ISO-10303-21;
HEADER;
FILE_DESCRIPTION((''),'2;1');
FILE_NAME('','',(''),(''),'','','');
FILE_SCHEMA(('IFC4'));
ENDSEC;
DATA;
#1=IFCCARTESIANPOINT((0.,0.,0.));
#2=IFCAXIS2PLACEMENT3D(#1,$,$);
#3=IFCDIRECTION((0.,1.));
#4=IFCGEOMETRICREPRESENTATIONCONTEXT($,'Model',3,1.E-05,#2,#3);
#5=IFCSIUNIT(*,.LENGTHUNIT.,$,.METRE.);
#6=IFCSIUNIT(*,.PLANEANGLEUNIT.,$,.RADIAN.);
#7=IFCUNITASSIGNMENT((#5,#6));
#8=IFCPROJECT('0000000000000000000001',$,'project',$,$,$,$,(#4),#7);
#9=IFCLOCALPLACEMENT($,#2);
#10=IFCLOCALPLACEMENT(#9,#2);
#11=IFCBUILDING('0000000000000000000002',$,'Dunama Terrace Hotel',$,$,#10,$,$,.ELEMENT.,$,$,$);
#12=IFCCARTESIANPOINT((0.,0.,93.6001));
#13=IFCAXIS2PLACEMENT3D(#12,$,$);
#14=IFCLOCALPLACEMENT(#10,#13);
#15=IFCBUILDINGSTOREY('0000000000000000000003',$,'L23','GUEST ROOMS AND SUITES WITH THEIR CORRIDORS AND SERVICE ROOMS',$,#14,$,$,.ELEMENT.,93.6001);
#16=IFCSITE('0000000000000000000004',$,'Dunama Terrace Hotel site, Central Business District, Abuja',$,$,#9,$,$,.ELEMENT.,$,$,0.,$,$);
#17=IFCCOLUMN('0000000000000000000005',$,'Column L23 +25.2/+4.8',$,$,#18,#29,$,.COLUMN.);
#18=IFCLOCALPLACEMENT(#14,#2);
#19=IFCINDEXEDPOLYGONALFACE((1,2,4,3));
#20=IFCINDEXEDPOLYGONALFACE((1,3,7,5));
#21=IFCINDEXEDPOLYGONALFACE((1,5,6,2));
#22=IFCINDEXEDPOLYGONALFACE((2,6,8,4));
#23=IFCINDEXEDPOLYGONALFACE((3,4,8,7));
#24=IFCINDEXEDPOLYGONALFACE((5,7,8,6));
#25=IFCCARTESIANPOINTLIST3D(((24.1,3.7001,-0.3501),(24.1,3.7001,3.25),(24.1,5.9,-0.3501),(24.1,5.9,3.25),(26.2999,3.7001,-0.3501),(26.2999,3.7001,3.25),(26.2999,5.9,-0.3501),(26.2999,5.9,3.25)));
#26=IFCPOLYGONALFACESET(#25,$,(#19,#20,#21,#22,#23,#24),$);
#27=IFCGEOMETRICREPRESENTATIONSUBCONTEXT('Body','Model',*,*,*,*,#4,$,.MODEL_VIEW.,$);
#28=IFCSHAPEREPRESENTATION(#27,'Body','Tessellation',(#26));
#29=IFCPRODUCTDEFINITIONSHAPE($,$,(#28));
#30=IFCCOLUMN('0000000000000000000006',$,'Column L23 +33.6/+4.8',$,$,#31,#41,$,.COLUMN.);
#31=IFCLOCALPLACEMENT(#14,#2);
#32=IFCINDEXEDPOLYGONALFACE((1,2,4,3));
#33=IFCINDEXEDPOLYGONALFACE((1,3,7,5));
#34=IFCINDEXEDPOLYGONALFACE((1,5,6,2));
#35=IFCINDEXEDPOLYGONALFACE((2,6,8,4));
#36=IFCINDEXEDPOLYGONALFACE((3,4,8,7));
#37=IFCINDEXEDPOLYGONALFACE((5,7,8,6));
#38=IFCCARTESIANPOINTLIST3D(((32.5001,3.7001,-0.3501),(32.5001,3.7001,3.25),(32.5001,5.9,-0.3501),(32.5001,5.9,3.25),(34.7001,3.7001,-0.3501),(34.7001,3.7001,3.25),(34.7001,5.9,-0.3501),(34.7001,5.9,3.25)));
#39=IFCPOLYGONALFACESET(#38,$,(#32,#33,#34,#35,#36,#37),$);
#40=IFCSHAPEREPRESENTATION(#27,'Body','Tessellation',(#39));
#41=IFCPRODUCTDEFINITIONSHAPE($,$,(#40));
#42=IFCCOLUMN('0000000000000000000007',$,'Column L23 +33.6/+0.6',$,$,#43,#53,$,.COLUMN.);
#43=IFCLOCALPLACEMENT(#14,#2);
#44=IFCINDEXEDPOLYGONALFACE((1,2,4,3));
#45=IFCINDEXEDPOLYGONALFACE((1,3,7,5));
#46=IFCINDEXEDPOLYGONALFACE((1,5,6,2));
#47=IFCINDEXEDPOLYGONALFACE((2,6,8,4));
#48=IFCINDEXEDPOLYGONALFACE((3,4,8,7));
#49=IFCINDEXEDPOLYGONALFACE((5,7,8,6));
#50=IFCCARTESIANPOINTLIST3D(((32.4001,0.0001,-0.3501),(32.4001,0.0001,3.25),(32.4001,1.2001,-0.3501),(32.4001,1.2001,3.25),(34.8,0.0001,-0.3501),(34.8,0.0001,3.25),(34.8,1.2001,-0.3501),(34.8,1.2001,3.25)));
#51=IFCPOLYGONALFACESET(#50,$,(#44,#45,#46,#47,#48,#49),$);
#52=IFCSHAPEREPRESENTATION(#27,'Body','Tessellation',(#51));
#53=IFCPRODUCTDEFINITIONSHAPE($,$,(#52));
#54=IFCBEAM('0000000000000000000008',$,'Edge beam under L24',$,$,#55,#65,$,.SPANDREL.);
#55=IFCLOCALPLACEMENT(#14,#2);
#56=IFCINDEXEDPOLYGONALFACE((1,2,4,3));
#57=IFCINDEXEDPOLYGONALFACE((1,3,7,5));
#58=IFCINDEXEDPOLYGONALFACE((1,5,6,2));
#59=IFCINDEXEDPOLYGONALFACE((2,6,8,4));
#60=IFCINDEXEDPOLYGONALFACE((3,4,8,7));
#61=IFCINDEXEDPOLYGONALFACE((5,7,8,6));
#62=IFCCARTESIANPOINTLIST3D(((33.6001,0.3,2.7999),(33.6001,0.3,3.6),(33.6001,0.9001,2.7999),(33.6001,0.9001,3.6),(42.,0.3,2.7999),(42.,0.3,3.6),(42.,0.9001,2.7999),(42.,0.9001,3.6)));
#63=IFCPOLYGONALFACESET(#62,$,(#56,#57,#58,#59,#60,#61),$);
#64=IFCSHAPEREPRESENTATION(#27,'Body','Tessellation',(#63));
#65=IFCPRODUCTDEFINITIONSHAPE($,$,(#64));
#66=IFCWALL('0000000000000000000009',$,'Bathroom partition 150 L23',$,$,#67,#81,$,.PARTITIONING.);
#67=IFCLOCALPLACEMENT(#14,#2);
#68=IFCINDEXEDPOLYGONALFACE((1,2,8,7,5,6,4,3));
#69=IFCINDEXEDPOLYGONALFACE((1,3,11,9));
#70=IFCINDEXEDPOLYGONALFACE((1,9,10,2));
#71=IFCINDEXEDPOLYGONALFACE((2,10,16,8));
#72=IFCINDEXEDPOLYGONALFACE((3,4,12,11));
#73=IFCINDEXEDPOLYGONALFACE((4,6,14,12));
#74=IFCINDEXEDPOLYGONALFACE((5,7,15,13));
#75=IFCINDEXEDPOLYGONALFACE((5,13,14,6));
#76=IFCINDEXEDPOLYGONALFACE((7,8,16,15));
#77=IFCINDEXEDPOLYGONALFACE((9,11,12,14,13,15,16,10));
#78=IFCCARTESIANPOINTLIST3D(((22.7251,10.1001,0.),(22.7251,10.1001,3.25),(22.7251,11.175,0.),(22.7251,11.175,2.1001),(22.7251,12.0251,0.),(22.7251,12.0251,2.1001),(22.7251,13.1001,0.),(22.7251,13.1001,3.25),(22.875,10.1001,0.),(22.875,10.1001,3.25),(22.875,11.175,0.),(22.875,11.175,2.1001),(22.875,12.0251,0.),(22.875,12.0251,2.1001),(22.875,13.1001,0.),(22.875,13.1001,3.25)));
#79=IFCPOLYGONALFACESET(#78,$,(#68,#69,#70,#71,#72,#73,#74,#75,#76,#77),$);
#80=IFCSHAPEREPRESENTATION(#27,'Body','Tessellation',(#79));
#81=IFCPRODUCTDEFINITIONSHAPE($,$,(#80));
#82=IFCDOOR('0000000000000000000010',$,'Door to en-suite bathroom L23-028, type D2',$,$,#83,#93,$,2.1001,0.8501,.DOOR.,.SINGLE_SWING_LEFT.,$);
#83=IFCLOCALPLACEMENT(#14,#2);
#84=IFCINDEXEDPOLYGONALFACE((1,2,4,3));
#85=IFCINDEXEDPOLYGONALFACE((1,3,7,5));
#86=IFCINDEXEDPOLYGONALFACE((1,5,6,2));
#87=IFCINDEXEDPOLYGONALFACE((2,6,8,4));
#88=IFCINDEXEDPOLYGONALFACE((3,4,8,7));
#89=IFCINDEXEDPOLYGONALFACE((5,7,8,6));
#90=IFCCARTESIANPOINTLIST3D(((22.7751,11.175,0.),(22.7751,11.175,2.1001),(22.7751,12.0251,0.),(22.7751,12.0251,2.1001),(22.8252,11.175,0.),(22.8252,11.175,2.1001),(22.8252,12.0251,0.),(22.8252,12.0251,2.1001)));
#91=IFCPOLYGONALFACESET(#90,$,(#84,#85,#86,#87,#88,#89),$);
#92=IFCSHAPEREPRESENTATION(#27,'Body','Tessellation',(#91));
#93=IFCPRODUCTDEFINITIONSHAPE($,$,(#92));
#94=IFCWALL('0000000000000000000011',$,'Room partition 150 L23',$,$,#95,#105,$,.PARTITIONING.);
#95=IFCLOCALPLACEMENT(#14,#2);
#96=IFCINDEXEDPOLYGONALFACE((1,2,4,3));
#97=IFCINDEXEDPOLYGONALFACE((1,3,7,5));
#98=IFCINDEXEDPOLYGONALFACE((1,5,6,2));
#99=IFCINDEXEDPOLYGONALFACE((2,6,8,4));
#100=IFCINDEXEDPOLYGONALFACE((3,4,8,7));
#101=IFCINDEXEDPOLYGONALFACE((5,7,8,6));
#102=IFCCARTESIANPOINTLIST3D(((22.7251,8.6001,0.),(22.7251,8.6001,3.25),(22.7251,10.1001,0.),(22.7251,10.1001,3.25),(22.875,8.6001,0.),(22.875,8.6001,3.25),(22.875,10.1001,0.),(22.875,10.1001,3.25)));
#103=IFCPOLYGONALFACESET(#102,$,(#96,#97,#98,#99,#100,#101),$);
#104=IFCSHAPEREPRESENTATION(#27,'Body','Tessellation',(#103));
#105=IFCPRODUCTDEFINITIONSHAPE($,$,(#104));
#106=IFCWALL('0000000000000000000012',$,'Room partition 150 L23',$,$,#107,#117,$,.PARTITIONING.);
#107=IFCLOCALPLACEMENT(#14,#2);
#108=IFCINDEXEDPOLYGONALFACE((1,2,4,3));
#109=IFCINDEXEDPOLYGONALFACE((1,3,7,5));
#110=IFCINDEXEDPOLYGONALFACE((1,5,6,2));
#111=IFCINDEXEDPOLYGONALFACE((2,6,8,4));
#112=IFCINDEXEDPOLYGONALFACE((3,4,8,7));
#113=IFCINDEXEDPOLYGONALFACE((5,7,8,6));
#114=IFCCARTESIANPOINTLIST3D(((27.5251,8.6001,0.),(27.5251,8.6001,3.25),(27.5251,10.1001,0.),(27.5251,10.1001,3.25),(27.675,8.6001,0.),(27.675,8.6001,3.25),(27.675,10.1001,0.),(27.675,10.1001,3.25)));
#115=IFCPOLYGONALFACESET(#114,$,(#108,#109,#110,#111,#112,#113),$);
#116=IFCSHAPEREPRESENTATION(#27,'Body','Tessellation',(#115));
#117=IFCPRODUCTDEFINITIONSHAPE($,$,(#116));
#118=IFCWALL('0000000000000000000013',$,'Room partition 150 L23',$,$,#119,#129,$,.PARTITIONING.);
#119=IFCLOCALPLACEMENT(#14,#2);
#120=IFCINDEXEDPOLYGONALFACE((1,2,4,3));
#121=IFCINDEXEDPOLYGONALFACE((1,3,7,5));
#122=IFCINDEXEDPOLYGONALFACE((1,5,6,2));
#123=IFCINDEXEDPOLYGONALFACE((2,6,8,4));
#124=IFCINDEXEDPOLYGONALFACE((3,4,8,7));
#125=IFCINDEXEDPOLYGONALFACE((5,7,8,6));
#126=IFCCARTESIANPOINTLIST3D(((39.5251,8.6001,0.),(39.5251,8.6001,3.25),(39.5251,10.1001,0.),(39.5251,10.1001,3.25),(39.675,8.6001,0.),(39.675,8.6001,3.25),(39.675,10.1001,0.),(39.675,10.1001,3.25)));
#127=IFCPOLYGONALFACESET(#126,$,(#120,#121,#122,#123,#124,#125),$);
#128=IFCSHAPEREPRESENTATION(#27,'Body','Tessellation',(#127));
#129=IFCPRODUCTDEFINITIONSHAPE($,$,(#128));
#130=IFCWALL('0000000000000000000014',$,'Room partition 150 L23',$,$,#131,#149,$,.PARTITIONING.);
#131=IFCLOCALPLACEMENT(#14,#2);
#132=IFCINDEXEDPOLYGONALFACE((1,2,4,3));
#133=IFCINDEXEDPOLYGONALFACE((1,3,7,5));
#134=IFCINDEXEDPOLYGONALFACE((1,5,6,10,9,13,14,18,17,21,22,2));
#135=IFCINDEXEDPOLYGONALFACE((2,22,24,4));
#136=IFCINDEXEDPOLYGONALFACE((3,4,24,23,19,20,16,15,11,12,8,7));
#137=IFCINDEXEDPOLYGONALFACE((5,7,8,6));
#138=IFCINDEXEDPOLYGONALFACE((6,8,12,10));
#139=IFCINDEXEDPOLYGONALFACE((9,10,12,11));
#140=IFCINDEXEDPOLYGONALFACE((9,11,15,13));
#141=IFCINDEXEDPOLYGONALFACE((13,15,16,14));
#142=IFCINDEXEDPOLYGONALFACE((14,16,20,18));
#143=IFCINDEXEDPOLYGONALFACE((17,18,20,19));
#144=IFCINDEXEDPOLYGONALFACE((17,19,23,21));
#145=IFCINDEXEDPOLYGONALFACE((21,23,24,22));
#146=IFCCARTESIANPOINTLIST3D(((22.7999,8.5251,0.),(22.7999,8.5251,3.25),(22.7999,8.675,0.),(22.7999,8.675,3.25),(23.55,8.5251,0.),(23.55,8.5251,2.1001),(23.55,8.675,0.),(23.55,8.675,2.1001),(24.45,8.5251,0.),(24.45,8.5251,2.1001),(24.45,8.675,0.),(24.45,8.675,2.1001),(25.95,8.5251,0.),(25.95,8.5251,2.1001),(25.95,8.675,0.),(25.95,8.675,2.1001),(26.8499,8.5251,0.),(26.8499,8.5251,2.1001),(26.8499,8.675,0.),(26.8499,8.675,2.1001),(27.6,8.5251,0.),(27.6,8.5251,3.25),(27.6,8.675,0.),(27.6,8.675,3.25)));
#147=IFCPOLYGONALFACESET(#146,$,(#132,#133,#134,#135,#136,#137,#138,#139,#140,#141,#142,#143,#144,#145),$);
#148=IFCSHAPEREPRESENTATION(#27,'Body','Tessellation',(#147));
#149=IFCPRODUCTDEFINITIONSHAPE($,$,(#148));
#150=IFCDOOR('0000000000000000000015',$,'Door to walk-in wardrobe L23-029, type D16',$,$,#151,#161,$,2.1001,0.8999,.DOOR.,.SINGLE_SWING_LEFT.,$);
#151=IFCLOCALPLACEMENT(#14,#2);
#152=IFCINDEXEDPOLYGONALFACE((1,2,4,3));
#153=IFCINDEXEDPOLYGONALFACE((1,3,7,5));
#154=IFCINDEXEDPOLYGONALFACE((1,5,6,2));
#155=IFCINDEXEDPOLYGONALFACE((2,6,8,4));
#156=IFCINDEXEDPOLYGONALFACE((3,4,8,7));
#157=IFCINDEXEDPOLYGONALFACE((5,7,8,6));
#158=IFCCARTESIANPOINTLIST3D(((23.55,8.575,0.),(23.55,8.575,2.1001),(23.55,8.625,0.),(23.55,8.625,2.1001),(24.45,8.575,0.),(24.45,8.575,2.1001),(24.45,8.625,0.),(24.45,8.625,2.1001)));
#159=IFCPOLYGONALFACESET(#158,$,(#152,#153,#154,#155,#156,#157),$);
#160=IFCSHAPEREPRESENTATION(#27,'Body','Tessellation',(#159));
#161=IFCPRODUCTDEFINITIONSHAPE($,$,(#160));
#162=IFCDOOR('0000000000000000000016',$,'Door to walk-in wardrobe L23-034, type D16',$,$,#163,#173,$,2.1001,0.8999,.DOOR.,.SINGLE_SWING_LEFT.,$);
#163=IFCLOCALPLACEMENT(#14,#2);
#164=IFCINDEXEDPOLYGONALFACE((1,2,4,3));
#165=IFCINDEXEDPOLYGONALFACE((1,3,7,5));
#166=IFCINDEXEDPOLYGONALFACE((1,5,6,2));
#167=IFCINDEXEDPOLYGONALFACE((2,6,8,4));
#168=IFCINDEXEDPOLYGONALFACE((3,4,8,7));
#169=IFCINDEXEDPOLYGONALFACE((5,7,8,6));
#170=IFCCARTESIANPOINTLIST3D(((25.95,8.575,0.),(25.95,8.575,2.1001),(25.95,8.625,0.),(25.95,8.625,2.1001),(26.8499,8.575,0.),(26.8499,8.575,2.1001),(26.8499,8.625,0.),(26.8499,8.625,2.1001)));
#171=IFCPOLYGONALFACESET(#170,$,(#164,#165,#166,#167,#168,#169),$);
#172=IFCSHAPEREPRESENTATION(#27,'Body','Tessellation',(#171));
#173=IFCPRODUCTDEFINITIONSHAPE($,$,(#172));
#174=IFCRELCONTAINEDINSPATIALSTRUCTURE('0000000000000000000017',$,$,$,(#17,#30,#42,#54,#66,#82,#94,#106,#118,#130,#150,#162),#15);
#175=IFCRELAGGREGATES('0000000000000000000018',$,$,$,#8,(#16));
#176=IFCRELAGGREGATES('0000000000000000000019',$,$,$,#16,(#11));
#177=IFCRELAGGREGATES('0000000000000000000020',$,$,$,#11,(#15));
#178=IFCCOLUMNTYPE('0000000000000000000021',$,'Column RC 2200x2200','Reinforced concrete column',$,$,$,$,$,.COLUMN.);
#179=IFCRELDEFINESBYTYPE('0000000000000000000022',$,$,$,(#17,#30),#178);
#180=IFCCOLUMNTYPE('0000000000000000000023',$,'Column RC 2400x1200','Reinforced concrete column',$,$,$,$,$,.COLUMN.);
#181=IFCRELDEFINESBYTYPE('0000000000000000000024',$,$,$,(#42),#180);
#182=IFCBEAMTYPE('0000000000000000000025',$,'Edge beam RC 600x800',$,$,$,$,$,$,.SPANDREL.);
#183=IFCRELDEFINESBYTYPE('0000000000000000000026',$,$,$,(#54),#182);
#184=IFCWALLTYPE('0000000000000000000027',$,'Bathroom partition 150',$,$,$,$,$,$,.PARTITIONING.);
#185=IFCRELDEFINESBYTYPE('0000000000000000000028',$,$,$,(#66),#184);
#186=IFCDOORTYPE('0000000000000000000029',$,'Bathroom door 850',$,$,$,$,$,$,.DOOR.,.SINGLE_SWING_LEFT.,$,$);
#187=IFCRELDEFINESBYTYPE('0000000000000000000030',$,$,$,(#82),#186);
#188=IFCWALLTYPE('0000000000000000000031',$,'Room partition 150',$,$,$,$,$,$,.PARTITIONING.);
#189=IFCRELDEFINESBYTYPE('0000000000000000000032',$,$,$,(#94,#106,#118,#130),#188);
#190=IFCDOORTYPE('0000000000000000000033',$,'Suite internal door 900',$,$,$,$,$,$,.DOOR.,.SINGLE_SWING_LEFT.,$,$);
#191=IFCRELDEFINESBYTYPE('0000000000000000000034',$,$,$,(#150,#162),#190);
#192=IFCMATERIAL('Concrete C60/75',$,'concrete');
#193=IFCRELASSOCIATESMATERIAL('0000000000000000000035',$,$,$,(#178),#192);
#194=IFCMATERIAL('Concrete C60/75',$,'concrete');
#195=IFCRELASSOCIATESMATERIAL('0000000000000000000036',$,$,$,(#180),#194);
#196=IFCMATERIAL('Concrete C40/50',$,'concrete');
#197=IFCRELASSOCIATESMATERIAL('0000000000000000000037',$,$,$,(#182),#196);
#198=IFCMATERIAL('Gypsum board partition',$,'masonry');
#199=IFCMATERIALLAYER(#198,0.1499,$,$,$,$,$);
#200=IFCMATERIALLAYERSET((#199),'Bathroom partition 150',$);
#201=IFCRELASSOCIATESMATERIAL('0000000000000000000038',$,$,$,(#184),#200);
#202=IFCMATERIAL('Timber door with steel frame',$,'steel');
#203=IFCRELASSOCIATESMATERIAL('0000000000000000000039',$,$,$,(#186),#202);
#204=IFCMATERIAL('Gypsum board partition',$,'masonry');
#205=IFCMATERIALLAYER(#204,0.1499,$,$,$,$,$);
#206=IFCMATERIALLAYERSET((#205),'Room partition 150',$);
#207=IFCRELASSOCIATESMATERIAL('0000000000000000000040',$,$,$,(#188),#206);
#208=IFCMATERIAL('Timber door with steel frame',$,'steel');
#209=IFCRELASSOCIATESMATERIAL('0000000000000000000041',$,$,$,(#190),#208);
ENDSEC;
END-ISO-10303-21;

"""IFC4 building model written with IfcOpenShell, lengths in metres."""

from ifc_helpers import new_model, si_unit, direction, frame, frame_2d, origin, origin_2d, place, context, subcontext, project, spatial, rectangle, extrude, material, layer, layer_set, material_profile, profile_set, type_object, element, fill, save


model = new_model("IFC4")

# Units and contexts
model_context = context("Model", 3, precision=1e-05, world=origin(), true_north=direction((0.0, 1.0)))
body_context = subcontext(model_context, "Body", "Model", "MODEL_VIEW")
ifc_project = project(units=[si_unit("LENGTHUNIT", "METRE"), si_unit("PLANEANGLEUNIT", "RADIAN")], contexts=[model_context])

# Site, building, storey
site_placement = place(None, origin())
site = spatial("IfcSite", under=ifc_project, at=site_placement, Name="Dunama Terrace Hotel site, Central Business District, Abuja", CompositionType="ELEMENT", RefElevation=0.0)
building_placement = place(site_placement, origin())
building = spatial("IfcBuilding", under=site, at=building_placement, Name="Dunama Terrace Hotel", CompositionType="ELEMENT")
storey_placement = place(building_placement, frame((0.0, 0.0, 93.6001)))
storey = spatial("IfcBuildingStorey", under=building, at=storey_placement, Name="L23", Description="GUEST ROOMS AND SUITES WITH THEIR CORRIDORS AND SERVICE ROOMS", CompositionType="ELEMENT", Elevation=93.6001)

# Columns
ifc_material_1 = material(Name="Concrete C60/75", Category="concrete")
ifc_material_profile_1 = material_profile(ifc_material_1, rectangle(XDim=2.2, YDim=2.2, at=origin_2d()), Name="RC 2200x2200")
ifc_profile_set_1 = profile_set([ifc_material_profile_1], Name="Concrete C60/75")
column_type_1 = type_object("IfcColumnType", Name="Column RC 2200x2200", Description="Reinforced concrete column", PredefinedType="COLUMN", material=ifc_profile_set_1)
for number, where, z_axis, x_axis, name in (
    (1, (25.2, 4.8, -0.3501), (0.0, 0.0, 1.0), (1.0, 0.0, 0.0), "Column L23 +25.2/+4.8"),
    (2, (33.6001, 4.8, -0.3501), (0.0, 0.0, 1.0), (1.0, 0.0, 0.0), "Column L23 +33.6/+4.8"),
):
    element("IfcColumn", number, at=place(storey_placement, frame(where, z_axis=z_axis, x_axis=x_axis)), inside=storey, type_object=column_type_1, Name=name, PredefinedType="COLUMN", context=body_context, shape_type="SweptSolid", body=[
        extrude(rectangle(XDim=2.2, YDim=2.2, at=origin_2d()), origin(), (0.0, 0.0, 1.0), 3.6001),
    ])
ifc_material_2 = material(Name="Concrete C60/75", Category="concrete")
ifc_material_profile_2 = material_profile(ifc_material_2, rectangle(XDim=2.3999, YDim=1.2, at=origin_2d()), Name="RC 2400x1200")
ifc_profile_set_2 = profile_set([ifc_material_profile_2], Name="Concrete C60/75")
column_type_2 = type_object("IfcColumnType", Name="Column RC 2400x1200", Description="Reinforced concrete column", PredefinedType="COLUMN", material=ifc_profile_set_2)
column_placement = place(storey_placement, frame((33.6001, 0.6001, -0.3501), z_axis=(0.0, 0.0, 1.0), x_axis=(1.0, 0.0, 0.0)))
element("IfcColumn", 3, at=column_placement, inside=storey, type_object=column_type_2, Name="Column L23 +33.6/+0.6", PredefinedType="COLUMN", context=body_context, shape_type="SweptSolid", body=[
    extrude(rectangle(XDim=2.3999, YDim=1.2, at=origin_2d()), origin(), (0.0, 0.0, 1.0), 3.6001),
])

# Beam
ifc_material_3 = material(Name="Concrete C40/50", Category="concrete")
ifc_material_profile_3 = material_profile(ifc_material_3, rectangle(XDim=0.6001, YDim=0.8, at=origin_2d()), Name="RC 600x800")
ifc_profile_set_3 = profile_set([ifc_material_profile_3], Name="Concrete C40/50")
beam_type = type_object("IfcBeamType", Name="Edge beam RC 600x800", PredefinedType="SPANDREL", material=ifc_profile_set_3)
beam_placement = place(storey_placement, frame((33.6001, 0.6001, 3.2), z_axis=(1.0, 0.0, 0.0), x_axis=(0.0, 1.0, 0.0)))
element("IfcBeam", 4, at=beam_placement, inside=storey, type_object=beam_type, Name="Edge beam under L24", PredefinedType="SPANDREL", context=body_context, shape_type="SweptSolid", body=[
    extrude(rectangle(XDim=0.6001, YDim=0.8, at=origin_2d()), origin(), (0.0, 0.0, 1.0), 8.3999),
])

# Wall, opening, door
ifc_material_4 = material(Name="Gypsum board partition", Category="masonry")
ifc_layer_1 = layer(ifc_material_4, 0.1499)
ifc_layer_set_1 = layer_set([ifc_layer_1], Name="Bathroom partition 150")
wall_type_1 = type_object("IfcWallType", Name="Bathroom partition 150", PredefinedType="PARTITIONING", material=ifc_layer_set_1)
wall_1_placement = place(storey_placement, frame((22.8, 10.1001, 0.0), z_axis=(0.0, 0.0, 1.0), x_axis=(0.0, 1.0, 0.0)))
wall_1 = element("IfcWall", 5, at=wall_1_placement, inside=storey, type_object=wall_type_1, Name="Bathroom partition 150 L23", PredefinedType="PARTITIONING", context=body_context, shape_type="SweptSolid", body=[
    extrude(rectangle(XDim=3.0, YDim=0.1499, at=frame_2d((1.5, 0.0))), origin(), (0.0, 0.0, 1.0), 3.25),
])
opening_1_placement = place(wall_1_placement, frame((1.075, 0.0, 0.0)))
opening_1 = element("IfcOpeningElement", 6, at=opening_1_placement, cuts=wall_1, PredefinedType="OPENING", context=body_context, shape_type="SweptSolid", body=[
    extrude(rectangle(XDim=0.8501, YDim=2.1001, at=frame_2d((0.425, 1.05))), frame((0.0, 0.085, 0.0), z_axis=(0.0, -1.0, 0.0), x_axis=(1.0, 0.0, 0.0)), (0.0, 0.0, 1.0), 0.1699),
])
ifc_material_5 = material(Name="Timber door with steel frame", Category="steel")
door_type_1 = type_object("IfcDoorType", Name="Bathroom door 850", OperationType="SINGLE_SWING_LEFT", PredefinedType="DOOR", material=ifc_material_5)
door_1_placement = place(opening_1_placement, frame((0.8501, 0.0, 0.0), z_axis=(0.0, 0.0, 1.0), x_axis=(-1.0, 0.0, 0.0)))
door_1 = element("IfcDoor", 7, at=door_1_placement, inside=storey, type_object=door_type_1, Name="Door to en-suite bathroom L23-028, type D2", OperationType="SINGLE_SWING_LEFT", OverallHeight=2.1001, OverallWidth=0.8501, PredefinedType="DOOR", context=body_context, shape_type="SweptSolid", body=[
    extrude(rectangle(XDim=0.8501, YDim=2.1001, at=frame_2d((0.425, 1.05))), frame((0.0, 0.0251, 0.0), z_axis=(0.0, -1.0, 0.0), x_axis=(1.0, 0.0, 0.0)), (0.0, 0.0, 1.0), 0.05),
])
fill(opening_1, door_1)

# Walls
ifc_material_6 = material(Name="Gypsum board partition", Category="masonry")
ifc_layer_2 = layer(ifc_material_6, 0.1499)
ifc_layer_set_2 = layer_set([ifc_layer_2], Name="Room partition 150")
wall_type_2 = type_object("IfcWallType", Name="Room partition 150", PredefinedType="PARTITIONING", material=ifc_layer_set_2)
for number, where, z_axis, x_axis, name in (
    (8, (22.8, 8.6001, 0.0), (0.0, 0.0, 1.0), (0.0, 1.0, 0.0), "Room partition 150 L23"),
    (9, (27.6001, 8.6001, 0.0), (0.0, 0.0, 1.0), (0.0, 1.0, 0.0), "Room partition 150 L23"),
    (10, (39.6001, 8.6001, 0.0), (0.0, 0.0, 1.0), (0.0, 1.0, 0.0), "Room partition 150 L23"),
):
    element("IfcWall", number, at=place(storey_placement, frame(where, z_axis=z_axis, x_axis=x_axis)), inside=storey, type_object=wall_type_2, Name=name, PredefinedType="PARTITIONING", context=body_context, shape_type="SweptSolid", body=[
        extrude(rectangle(XDim=1.5, YDim=0.1499, at=frame_2d((0.75, 0.0))), origin(), (0.0, 0.0, 1.0), 3.25),
    ])

# Wall, openings, doors
wall_2_placement = place(storey_placement, frame((22.8, 8.6001, 0.0), z_axis=(0.0, 0.0, 1.0), x_axis=(1.0, 0.0, 0.0)))
wall_2 = element("IfcWall", 11, at=wall_2_placement, inside=storey, type_object=wall_type_2, Name="Room partition 150 L23", PredefinedType="PARTITIONING", context=body_context, shape_type="SweptSolid", body=[
    extrude(rectangle(XDim=4.8, YDim=0.1499, at=frame_2d((2.3999, 0.0))), origin(), (0.0, 0.0, 1.0), 3.25),
])
opening_2_placement = place(wall_2_placement, frame((0.75, 0.0, 0.0)))
opening_2 = element("IfcOpeningElement", 12, at=opening_2_placement, cuts=wall_2, PredefinedType="OPENING", context=body_context, shape_type="SweptSolid", body=[
    extrude(rectangle(XDim=0.8999, YDim=2.1001, at=frame_2d((0.45, 1.05))), frame((0.0, 0.085, 0.0), z_axis=(0.0, -1.0, 0.0), x_axis=(1.0, 0.0, 0.0)), (0.0, 0.0, 1.0), 0.1699),
])
opening_3_placement = place(wall_2_placement, frame((3.1499, 0.0, 0.0)))
opening_3 = element("IfcOpeningElement", 13, at=opening_3_placement, cuts=wall_2, PredefinedType="OPENING", context=body_context, shape_type="SweptSolid", body=[
    extrude(rectangle(XDim=0.8999, YDim=2.1001, at=frame_2d((0.45, 1.05))), frame((0.0, 0.085, 0.0), z_axis=(0.0, -1.0, 0.0), x_axis=(1.0, 0.0, 0.0)), (0.0, 0.0, 1.0), 0.1699),
])
ifc_material_7 = material(Name="Timber door with steel frame", Category="steel")
door_type_2 = type_object("IfcDoorType", Name="Suite internal door 900", OperationType="SINGLE_SWING_LEFT", PredefinedType="DOOR", material=ifc_material_7)
door_2_placement = place(opening_2_placement, origin())
door_2 = element("IfcDoor", 14, at=door_2_placement, inside=storey, type_object=door_type_2, Name="Door to walk-in wardrobe L23-029, type D16", OperationType="SINGLE_SWING_LEFT", OverallHeight=2.1001, OverallWidth=0.8999, PredefinedType="DOOR", context=body_context, shape_type="SweptSolid", body=[
    extrude(rectangle(XDim=0.8999, YDim=2.1001, at=frame_2d((0.45, 1.05))), frame((0.0, 0.0249, 0.0), z_axis=(0.0, -1.0, 0.0), x_axis=(1.0, 0.0, 0.0)), (0.0, 0.0, 1.0), 0.05),
])
fill(opening_2, door_2)
door_3_placement = place(opening_3_placement, origin())
door_3 = element("IfcDoor", 15, at=door_3_placement, inside=storey, type_object=door_type_2, Name="Door to walk-in wardrobe L23-034, type D16", OperationType="SINGLE_SWING_LEFT", OverallHeight=2.1001, OverallWidth=0.8999, PredefinedType="DOOR", context=body_context, shape_type="SweptSolid", body=[
    extrude(rectangle(XDim=0.8999, YDim=2.1001, at=frame_2d((0.45, 1.05))), frame((0.0, 0.0249, 0.0), z_axis=(0.0, -1.0, 0.0), x_axis=(1.0, 0.0, 0.0)), (0.0, 0.0, 1.0), 0.05),
])
fill(opening_3, door_3)

save(model, "model.ifc")
